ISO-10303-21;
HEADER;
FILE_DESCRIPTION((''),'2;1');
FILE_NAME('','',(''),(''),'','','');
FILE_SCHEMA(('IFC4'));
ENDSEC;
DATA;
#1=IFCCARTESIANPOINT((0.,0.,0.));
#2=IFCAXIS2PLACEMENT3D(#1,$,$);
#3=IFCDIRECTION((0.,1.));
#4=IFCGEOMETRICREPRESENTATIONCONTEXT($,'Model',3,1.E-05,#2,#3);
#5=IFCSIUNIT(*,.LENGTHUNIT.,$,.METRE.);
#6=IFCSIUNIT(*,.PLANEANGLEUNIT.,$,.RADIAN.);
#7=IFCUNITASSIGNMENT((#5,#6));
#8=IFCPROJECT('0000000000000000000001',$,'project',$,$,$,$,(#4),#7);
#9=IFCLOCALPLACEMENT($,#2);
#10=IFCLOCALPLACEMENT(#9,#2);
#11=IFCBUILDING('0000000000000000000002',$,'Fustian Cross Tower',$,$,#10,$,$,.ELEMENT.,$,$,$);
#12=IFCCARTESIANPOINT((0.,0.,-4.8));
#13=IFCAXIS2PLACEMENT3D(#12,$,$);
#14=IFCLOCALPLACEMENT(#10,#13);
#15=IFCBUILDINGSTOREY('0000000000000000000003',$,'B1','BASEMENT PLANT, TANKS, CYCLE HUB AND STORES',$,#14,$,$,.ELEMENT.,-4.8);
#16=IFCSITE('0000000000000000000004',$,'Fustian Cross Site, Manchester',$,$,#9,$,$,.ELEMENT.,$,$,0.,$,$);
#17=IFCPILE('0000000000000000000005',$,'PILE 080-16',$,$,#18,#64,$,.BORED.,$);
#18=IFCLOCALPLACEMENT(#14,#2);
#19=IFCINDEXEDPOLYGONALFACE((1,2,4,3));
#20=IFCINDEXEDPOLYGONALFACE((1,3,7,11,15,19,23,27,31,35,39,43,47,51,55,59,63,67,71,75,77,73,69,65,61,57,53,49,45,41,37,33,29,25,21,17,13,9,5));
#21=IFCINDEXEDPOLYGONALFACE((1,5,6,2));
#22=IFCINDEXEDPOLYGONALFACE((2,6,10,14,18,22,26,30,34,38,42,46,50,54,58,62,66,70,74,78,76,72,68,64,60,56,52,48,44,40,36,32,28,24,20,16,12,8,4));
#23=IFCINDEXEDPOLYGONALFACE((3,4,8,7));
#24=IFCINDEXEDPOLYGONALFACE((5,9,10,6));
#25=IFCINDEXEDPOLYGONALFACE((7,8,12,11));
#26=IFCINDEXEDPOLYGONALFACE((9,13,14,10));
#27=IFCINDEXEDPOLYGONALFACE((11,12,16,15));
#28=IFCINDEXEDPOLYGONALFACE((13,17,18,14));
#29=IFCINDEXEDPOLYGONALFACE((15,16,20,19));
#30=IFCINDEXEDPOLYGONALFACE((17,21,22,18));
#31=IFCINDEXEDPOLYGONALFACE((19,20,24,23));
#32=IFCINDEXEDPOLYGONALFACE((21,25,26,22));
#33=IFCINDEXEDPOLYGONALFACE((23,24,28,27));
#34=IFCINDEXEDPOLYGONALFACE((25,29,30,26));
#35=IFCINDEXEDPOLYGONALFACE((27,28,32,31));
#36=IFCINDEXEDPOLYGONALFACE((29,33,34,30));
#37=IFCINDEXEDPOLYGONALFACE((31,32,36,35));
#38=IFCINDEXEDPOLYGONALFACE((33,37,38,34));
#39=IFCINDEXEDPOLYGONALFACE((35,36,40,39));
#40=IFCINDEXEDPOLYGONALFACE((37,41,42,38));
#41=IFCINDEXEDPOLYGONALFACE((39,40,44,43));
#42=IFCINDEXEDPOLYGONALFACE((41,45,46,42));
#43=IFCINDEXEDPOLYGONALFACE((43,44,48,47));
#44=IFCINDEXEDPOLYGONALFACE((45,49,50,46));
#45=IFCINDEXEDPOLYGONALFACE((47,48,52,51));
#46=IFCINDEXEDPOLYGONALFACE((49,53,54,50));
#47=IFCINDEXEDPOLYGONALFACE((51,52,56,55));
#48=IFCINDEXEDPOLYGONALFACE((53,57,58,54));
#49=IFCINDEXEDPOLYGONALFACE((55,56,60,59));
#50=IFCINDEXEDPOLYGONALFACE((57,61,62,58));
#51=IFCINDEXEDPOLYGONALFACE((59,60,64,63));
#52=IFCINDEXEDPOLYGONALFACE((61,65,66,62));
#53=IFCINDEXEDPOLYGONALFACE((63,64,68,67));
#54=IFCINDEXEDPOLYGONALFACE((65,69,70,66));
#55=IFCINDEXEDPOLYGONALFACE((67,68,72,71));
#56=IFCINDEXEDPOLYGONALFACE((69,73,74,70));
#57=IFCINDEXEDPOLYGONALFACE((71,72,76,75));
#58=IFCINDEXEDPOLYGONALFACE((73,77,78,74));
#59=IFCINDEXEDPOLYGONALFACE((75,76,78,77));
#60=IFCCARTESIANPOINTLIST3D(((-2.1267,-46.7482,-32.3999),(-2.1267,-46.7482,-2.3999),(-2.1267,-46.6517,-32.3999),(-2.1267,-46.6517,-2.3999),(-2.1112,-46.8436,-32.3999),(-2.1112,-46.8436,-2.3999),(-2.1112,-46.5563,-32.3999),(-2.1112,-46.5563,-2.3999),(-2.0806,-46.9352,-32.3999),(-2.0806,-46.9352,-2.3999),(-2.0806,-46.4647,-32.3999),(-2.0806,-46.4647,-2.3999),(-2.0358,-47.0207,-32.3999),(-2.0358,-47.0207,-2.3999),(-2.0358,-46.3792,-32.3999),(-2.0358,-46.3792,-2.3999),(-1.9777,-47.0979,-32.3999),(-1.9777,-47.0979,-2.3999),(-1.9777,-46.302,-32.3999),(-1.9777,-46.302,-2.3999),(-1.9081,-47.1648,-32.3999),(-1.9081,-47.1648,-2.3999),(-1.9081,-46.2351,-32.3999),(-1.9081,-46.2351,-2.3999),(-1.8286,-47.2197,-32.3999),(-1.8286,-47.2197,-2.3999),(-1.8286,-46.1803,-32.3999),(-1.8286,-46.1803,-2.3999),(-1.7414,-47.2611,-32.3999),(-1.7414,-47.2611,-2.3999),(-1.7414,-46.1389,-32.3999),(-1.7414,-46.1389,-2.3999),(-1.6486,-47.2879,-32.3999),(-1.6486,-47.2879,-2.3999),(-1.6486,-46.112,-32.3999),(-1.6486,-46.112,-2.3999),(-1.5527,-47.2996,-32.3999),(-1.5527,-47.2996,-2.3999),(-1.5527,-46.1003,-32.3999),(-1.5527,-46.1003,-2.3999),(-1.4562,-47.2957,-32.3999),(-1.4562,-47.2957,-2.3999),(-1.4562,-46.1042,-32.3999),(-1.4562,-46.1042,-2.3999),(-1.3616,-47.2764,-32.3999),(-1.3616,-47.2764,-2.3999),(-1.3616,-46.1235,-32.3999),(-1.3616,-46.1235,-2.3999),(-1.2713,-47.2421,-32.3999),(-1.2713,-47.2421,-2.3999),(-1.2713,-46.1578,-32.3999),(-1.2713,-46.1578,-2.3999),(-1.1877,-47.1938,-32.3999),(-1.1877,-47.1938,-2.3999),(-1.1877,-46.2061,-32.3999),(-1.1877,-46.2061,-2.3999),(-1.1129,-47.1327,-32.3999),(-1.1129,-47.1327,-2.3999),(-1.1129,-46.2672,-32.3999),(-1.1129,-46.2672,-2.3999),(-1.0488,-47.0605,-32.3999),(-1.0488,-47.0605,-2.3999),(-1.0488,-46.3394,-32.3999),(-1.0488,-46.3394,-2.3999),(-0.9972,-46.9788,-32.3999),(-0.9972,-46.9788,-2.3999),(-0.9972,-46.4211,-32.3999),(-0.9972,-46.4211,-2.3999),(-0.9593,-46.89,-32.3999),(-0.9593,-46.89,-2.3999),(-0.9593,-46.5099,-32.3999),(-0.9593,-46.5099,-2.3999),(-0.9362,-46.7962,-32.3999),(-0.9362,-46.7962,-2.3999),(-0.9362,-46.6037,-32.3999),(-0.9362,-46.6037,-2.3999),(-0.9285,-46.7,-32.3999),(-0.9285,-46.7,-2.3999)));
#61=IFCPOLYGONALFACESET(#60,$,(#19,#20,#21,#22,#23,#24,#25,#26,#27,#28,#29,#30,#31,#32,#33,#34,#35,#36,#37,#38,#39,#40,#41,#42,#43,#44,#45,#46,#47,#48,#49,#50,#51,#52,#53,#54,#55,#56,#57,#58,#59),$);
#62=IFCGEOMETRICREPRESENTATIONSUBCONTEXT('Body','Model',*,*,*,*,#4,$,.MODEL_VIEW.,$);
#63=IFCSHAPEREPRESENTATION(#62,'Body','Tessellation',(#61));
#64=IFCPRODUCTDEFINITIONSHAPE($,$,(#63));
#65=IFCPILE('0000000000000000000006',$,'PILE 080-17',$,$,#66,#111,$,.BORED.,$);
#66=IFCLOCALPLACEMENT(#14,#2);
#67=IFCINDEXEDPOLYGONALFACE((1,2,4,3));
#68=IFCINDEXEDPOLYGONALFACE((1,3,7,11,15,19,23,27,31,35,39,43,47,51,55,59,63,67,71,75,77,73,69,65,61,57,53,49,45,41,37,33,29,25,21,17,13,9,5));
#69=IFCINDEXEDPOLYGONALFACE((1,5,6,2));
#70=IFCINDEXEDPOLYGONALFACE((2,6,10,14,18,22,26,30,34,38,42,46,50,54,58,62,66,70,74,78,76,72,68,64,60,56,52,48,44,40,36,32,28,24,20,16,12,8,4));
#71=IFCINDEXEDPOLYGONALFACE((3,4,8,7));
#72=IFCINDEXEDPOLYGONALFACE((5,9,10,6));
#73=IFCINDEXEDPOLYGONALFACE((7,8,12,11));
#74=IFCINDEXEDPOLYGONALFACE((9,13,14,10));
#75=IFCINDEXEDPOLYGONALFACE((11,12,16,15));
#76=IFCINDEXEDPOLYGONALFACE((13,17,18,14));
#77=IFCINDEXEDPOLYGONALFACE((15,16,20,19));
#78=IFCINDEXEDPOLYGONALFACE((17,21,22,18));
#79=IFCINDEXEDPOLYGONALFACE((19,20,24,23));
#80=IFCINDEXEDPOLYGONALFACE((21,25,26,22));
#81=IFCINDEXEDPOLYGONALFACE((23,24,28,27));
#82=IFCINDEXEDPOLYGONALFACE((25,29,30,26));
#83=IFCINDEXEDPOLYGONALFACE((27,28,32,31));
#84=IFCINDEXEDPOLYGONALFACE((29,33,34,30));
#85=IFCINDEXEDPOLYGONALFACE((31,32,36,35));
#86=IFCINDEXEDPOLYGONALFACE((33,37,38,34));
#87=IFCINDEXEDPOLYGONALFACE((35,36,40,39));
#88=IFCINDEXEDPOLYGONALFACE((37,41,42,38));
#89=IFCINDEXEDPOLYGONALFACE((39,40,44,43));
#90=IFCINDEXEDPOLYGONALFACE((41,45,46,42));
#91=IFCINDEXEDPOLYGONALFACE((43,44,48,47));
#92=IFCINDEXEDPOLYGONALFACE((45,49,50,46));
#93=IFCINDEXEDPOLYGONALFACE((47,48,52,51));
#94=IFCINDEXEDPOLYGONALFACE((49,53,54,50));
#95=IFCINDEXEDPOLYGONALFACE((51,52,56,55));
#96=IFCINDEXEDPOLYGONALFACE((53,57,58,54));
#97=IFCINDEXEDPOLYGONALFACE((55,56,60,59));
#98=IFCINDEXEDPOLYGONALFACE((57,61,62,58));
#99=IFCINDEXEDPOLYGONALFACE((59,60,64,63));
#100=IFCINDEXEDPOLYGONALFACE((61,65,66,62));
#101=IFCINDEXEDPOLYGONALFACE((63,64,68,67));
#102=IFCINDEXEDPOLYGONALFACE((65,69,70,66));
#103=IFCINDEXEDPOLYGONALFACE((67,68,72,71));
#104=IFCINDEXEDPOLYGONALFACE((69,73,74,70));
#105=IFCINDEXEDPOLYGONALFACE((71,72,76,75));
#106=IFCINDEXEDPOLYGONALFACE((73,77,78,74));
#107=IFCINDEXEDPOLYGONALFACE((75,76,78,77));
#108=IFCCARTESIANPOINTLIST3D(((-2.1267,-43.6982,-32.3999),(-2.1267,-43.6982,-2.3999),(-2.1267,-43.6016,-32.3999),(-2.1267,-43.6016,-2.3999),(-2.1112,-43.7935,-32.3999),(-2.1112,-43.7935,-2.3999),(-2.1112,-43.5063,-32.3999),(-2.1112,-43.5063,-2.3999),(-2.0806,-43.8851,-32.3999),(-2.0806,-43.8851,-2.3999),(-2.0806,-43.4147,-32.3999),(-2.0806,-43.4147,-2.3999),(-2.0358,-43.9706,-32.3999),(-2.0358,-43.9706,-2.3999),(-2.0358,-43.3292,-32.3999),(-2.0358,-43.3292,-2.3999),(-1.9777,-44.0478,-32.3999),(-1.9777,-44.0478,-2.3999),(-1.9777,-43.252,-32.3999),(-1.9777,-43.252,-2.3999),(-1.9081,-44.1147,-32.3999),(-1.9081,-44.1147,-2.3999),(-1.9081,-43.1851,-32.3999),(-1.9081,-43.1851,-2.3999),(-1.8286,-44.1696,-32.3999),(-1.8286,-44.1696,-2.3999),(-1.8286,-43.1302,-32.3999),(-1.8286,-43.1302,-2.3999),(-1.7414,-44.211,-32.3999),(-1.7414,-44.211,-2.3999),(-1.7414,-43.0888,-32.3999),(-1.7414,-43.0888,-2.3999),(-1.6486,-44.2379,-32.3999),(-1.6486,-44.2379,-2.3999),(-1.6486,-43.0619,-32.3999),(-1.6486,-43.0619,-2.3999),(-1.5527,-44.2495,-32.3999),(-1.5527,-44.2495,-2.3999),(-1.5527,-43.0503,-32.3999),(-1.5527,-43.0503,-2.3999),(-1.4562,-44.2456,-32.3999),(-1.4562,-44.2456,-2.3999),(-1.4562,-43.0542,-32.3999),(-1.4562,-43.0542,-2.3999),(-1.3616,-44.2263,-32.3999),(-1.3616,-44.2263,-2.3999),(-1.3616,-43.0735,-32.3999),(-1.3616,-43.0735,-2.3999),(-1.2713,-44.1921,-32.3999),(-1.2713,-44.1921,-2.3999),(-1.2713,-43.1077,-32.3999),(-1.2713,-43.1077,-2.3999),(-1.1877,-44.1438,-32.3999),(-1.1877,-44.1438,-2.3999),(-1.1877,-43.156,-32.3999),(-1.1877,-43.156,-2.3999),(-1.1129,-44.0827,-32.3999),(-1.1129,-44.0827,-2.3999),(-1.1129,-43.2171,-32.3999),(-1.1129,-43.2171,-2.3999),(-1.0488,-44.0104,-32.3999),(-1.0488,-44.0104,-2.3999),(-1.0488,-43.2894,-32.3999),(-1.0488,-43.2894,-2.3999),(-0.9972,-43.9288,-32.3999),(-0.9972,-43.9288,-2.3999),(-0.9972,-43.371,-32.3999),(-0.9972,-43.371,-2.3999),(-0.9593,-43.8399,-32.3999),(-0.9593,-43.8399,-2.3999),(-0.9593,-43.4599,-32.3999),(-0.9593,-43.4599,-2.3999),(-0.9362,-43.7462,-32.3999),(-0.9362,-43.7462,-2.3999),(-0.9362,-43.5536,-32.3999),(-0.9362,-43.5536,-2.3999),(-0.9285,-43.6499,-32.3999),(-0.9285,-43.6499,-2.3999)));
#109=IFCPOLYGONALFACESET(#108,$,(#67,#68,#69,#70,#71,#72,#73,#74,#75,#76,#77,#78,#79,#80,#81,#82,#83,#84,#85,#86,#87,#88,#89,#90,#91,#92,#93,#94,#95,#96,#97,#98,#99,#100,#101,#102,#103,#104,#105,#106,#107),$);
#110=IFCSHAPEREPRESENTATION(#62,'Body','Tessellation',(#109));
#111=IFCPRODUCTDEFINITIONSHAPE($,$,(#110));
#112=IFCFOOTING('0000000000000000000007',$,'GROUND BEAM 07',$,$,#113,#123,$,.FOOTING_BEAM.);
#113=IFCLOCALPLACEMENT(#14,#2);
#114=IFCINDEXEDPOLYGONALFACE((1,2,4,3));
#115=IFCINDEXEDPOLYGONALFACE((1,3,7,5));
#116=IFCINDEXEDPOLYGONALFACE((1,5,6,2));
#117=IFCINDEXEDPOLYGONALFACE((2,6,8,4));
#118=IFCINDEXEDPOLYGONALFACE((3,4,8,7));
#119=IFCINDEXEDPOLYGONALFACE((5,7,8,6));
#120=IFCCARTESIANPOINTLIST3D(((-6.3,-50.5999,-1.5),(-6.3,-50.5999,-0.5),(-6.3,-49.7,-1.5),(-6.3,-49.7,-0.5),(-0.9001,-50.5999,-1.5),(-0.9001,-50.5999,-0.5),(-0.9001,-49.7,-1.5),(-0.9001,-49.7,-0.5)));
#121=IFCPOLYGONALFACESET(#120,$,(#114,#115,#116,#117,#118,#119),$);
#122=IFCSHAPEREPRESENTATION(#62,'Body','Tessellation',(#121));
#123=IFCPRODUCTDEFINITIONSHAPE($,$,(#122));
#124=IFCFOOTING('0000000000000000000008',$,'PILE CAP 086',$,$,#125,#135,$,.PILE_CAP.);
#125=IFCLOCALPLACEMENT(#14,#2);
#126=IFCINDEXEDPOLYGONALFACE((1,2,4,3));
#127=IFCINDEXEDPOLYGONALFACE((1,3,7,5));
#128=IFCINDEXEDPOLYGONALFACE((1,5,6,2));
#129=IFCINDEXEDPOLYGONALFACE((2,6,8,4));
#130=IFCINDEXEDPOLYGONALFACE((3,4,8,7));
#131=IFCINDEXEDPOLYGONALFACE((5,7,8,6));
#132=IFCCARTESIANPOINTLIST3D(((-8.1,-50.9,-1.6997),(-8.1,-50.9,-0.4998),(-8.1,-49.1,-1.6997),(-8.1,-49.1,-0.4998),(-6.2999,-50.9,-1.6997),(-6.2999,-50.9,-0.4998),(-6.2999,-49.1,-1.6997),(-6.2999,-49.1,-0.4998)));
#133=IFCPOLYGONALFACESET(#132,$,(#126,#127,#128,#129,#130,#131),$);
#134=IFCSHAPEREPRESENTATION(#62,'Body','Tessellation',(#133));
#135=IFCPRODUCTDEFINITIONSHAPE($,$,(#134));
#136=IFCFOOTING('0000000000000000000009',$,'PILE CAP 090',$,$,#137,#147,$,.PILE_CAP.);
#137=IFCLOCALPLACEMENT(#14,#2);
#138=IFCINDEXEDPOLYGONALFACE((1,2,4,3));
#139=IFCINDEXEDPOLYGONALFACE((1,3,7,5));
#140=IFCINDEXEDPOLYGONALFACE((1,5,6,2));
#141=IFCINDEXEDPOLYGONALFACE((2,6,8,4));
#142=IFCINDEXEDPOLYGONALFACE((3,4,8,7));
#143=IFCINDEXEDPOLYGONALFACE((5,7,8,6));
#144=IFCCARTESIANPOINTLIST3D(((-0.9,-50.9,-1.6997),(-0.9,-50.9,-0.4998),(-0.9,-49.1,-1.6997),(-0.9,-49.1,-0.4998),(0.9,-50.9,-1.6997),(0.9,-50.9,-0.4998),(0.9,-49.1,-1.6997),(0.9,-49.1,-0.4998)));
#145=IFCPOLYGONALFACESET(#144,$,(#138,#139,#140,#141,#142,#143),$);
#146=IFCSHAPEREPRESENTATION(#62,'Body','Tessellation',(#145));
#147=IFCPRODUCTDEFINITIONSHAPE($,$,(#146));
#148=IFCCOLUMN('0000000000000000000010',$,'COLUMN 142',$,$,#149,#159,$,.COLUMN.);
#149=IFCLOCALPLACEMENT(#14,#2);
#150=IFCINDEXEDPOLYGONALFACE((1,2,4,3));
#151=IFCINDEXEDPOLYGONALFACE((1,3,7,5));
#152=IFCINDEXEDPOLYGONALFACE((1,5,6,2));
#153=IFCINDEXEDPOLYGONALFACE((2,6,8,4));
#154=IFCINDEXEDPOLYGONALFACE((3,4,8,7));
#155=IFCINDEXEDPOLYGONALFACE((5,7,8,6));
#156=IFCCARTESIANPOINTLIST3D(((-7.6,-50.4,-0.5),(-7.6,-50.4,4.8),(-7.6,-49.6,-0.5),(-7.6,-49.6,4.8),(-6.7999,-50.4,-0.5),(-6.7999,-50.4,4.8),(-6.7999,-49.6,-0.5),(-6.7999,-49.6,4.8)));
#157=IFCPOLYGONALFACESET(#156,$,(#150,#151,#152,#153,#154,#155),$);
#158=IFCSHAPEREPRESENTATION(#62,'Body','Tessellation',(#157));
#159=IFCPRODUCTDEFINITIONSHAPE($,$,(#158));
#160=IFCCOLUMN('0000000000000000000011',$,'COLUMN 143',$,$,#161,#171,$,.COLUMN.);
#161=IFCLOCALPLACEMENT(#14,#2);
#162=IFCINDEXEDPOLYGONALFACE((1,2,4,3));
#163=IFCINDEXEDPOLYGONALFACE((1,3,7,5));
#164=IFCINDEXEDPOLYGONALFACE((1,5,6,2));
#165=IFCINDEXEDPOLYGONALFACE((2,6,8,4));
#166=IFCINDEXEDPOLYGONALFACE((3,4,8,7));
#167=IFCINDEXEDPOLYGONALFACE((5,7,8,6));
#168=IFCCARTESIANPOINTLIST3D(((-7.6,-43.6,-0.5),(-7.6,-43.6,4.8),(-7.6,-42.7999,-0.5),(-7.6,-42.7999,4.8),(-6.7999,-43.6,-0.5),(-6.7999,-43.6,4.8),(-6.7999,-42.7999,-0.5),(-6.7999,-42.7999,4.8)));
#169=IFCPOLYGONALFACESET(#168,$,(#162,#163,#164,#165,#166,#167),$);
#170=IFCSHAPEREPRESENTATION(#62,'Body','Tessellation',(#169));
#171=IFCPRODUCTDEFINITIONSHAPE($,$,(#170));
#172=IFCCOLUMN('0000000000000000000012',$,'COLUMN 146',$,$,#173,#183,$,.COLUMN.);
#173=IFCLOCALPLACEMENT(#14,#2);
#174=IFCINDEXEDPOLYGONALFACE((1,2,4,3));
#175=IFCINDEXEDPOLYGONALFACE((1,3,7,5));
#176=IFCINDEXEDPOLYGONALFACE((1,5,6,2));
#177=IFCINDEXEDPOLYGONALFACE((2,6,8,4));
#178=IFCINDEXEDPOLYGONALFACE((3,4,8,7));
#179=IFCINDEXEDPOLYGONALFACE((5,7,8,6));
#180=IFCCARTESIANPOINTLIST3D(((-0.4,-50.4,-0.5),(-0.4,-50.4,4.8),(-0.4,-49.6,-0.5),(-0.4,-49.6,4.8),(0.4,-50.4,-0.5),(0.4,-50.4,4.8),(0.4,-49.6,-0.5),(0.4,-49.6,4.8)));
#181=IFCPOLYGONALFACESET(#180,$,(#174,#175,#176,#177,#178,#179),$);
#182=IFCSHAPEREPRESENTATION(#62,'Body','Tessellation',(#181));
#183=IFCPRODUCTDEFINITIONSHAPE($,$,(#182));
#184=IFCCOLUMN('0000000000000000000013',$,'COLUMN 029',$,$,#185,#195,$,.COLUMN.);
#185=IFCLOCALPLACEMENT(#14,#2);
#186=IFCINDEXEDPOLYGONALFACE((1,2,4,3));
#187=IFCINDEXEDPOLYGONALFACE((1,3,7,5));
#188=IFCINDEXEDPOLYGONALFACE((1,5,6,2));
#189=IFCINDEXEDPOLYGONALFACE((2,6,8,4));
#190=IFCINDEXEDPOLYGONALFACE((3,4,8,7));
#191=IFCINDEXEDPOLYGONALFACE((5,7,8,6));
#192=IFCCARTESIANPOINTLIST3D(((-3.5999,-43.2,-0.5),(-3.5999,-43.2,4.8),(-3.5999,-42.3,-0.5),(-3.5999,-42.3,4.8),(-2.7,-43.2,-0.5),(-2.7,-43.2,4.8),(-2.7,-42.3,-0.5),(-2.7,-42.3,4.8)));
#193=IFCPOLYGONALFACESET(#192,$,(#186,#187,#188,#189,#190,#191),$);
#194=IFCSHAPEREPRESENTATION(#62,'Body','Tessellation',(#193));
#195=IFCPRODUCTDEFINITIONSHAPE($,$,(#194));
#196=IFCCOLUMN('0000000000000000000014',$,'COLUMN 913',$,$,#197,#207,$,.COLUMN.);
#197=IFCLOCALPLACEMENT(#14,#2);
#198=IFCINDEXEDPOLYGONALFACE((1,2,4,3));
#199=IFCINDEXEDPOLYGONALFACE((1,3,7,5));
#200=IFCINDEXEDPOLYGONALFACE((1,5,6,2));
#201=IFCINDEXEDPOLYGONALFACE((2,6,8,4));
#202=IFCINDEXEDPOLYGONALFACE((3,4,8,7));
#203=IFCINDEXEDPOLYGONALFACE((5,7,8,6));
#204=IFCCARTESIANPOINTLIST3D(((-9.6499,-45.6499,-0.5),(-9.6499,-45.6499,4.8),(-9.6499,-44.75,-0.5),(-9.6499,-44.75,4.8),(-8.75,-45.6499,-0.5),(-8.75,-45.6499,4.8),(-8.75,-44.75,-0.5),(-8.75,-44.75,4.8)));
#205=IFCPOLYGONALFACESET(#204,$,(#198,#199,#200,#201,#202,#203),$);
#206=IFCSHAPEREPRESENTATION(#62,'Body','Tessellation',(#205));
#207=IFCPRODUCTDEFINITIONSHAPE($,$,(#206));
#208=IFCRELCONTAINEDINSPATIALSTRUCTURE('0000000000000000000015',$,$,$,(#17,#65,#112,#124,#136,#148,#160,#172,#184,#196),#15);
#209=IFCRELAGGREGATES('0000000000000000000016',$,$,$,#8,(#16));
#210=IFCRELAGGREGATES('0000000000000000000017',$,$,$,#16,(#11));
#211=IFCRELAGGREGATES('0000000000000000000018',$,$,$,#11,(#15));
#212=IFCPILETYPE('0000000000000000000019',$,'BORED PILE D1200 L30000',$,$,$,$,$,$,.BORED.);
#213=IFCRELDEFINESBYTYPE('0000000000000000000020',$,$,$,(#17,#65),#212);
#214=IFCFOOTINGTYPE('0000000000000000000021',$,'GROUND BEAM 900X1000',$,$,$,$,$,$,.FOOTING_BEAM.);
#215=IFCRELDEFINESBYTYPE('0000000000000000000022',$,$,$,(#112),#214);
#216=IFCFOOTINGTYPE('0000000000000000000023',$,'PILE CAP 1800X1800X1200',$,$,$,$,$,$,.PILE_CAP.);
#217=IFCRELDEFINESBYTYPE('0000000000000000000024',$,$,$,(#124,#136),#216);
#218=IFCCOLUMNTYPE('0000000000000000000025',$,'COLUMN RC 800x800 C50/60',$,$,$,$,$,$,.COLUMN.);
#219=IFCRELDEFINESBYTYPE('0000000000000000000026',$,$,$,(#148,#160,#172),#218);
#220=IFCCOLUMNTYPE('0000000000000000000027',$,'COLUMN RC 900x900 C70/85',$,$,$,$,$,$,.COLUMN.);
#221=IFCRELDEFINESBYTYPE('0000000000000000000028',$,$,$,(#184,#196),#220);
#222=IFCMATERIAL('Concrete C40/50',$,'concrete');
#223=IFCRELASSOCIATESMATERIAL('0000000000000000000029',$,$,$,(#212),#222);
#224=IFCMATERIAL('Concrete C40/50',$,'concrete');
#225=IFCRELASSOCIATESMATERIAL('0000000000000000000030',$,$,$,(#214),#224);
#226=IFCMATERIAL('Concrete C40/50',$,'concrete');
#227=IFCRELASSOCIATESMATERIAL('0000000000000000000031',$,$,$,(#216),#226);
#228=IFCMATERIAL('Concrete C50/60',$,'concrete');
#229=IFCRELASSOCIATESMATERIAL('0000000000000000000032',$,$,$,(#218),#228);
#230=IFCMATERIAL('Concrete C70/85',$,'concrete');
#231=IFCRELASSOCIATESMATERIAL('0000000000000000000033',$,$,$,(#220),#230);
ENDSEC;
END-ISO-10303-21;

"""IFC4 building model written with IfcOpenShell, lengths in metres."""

from ifc_helpers import new_model, si_unit, direction, frame, origin, origin_2d, place, context, subcontext, project, spatial, rectangle, circle, extrude, material, material_profile, profile_set, type_object, element, save


model = new_model("IFC4")

# Units and contexts
model_context = context("Model", 3, precision=1e-05, world=origin(), true_north=direction((0.0, 1.0)))
body_context = subcontext(model_context, "Body", "Model", "MODEL_VIEW")
ifc_project = project(units=[si_unit("LENGTHUNIT", "METRE"), si_unit("PLANEANGLEUNIT", "RADIAN")], contexts=[model_context])

# Site, building, storey
site_placement = place(None, origin())
site = spatial("IfcSite", under=ifc_project, at=site_placement, Name="Fustian Cross Site, Manchester", CompositionType="ELEMENT", RefElevation=0.0)
building_placement = place(site_placement, origin())
building = spatial("IfcBuilding", under=site, at=building_placement, Name="Fustian Cross Tower", CompositionType="ELEMENT")
storey_placement = place(building_placement, frame((0.0, 0.0, -4.8)))
storey = spatial("IfcBuildingStorey", under=building, at=storey_placement, Name="B1", Description="BASEMENT PLANT, TANKS, CYCLE HUB AND STORES", CompositionType="ELEMENT", Elevation=-4.8)

# Piles
ifc_material_1 = material(Name="Concrete C40/50", Category="concrete")
ifc_material_profile_1 = material_profile(ifc_material_1, circle(Radius=0.6001, at=origin_2d()), Name="BORED PILE D1200 L30000")
ifc_profile_set_1 = profile_set([ifc_material_profile_1], Name="Concrete C40/50")
pile_type_1 = type_object("IfcPileType", Name="BORED PILE D1200 L30000", PredefinedType="BORED", material=ifc_profile_set_1)
for number, where, z_axis, x_axis, name in (
    (1, (-1.5286, -46.7, -2.3999), (0.0, 0.0, -1.0), (1.0, 0.0, 0.0), "PILE 080-16"),
    (2, (-1.5286, -43.6499, -2.3999), (0.0, 0.0, -1.0), (1.0, 0.0, 0.0), "PILE 080-17"),
):
    element("IfcPile", number, at=place(storey_placement, frame(where, z_axis=z_axis, x_axis=x_axis)), inside=storey, type_object=pile_type_1, Name=name, PredefinedType="BORED", context=body_context, shape_type="SweptSolid", body=[
        extrude(circle(Radius=0.6001, at=origin_2d()), origin(), (0.0, 0.0, 1.0), 30.0),
    ])

# Footings
ifc_material_2 = material(Name="Concrete C40/50", Category="concrete")
footing_type_1 = type_object("IfcFootingType", Name="GROUND BEAM 900X1000", PredefinedType="FOOTING_BEAM", material=ifc_material_2)
footing_placement = place(storey_placement, frame((-3.6001, -50.1499, -1.5), z_axis=(0.0, 0.0, 1.0), x_axis=(1.0, 0.0, 0.0)))
element("IfcFooting", 3, at=footing_placement, inside=storey, type_object=footing_type_1, Name="GROUND BEAM 07", PredefinedType="FOOTING_BEAM", context=body_context, shape_type="SweptSolid", body=[
    extrude(rectangle(XDim=5.3999, YDim=0.8999, at=origin_2d()), origin(), (0.0, 0.0, 1.0), 1.0),
])
ifc_material_3 = material(Name="Concrete C40/50", Category="concrete")
footing_type_2 = type_object("IfcFootingType", Name="PILE CAP 1800X1800X1200", PredefinedType="PILE_CAP", material=ifc_material_3)
for number, where, z_axis, x_axis, name in (
    (4, (-7.2, -50.0, -1.6997), (0.0, 0.0, 1.0), (1.0, 0.0, 0.0), "PILE CAP 086"),
    (5, (0.0, -50.0, -1.6997), (0.0, 0.0, 1.0), (1.0, 0.0, 0.0), "PILE CAP 090"),
):
    element("IfcFooting", number, at=place(storey_placement, frame(where, z_axis=z_axis, x_axis=x_axis)), inside=storey, type_object=footing_type_2, Name=name, PredefinedType="PILE_CAP", context=body_context, shape_type="SweptSolid", body=[
        extrude(rectangle(XDim=1.8, YDim=1.8, at=origin_2d()), origin(), (0.0, 0.0, 1.0), 1.2),
    ])

# Columns
ifc_material_4 = material(Name="Concrete C50/60", Category="concrete")
ifc_material_profile_2 = material_profile(ifc_material_4, rectangle(XDim=0.8, YDim=0.8, at=origin_2d()), Name="RC 800x800")
ifc_profile_set_2 = profile_set([ifc_material_profile_2], Name="Concrete C50/60")
column_type_1 = type_object("IfcColumnType", Name="COLUMN RC 800x800 C50/60", PredefinedType="COLUMN", material=ifc_profile_set_2)
for number, where, z_axis, x_axis, name in (
    (6, (-7.2, -50.0, -0.5), (0.0, 0.0, 1.0), (1.0, 0.0, 0.0), "COLUMN 142"),
    (7, (-7.2, -43.2, -0.5), (0.0, 0.0, 1.0), (1.0, 0.0, 0.0), "COLUMN 143"),
    (8, (0.0, -50.0, -0.5), (0.0, 0.0, 1.0), (1.0, 0.0, 0.0), "COLUMN 146"),
):
    element("IfcColumn", number, at=place(storey_placement, frame(where, z_axis=z_axis, x_axis=x_axis)), inside=storey, type_object=column_type_1, Name=name, PredefinedType="COLUMN", context=body_context, shape_type="SweptSolid", body=[
        extrude(rectangle(XDim=0.8, YDim=0.8, at=origin_2d()), origin(), (0.0, 0.0, 1.0), 5.3),
    ])
ifc_material_5 = material(Name="Concrete C70/85", Category="concrete")
ifc_material_profile_3 = material_profile(ifc_material_5, rectangle(XDim=0.8999, YDim=0.8999, at=origin_2d()), Name="RC 900x900")
ifc_profile_set_3 = profile_set([ifc_material_profile_3], Name="Concrete C70/85")
column_type_2 = type_object("IfcColumnType", Name="COLUMN RC 900x900 C70/85", PredefinedType="COLUMN", material=ifc_profile_set_3)
for number, where, z_axis, x_axis, name in (
    (9, (-3.1499, -42.75, -0.5), (0.0, 0.0, 1.0), (1.0, 0.0, 0.0), "COLUMN 029"),
    (10, (-9.2, -45.2, -0.5), (0.0, 0.0, 1.0), (1.0, 0.0, 0.0), "COLUMN 913"),
):
    element("IfcColumn", number, at=place(storey_placement, frame(where, z_axis=z_axis, x_axis=x_axis)), inside=storey, type_object=column_type_2, Name=name, PredefinedType="COLUMN", context=body_context, shape_type="SweptSolid", body=[
        extrude(rectangle(XDim=0.8999, YDim=0.8999, at=origin_2d()), origin(), (0.0, 0.0, 1.0), 5.3),
    ])

save(model, "model.ifc")
